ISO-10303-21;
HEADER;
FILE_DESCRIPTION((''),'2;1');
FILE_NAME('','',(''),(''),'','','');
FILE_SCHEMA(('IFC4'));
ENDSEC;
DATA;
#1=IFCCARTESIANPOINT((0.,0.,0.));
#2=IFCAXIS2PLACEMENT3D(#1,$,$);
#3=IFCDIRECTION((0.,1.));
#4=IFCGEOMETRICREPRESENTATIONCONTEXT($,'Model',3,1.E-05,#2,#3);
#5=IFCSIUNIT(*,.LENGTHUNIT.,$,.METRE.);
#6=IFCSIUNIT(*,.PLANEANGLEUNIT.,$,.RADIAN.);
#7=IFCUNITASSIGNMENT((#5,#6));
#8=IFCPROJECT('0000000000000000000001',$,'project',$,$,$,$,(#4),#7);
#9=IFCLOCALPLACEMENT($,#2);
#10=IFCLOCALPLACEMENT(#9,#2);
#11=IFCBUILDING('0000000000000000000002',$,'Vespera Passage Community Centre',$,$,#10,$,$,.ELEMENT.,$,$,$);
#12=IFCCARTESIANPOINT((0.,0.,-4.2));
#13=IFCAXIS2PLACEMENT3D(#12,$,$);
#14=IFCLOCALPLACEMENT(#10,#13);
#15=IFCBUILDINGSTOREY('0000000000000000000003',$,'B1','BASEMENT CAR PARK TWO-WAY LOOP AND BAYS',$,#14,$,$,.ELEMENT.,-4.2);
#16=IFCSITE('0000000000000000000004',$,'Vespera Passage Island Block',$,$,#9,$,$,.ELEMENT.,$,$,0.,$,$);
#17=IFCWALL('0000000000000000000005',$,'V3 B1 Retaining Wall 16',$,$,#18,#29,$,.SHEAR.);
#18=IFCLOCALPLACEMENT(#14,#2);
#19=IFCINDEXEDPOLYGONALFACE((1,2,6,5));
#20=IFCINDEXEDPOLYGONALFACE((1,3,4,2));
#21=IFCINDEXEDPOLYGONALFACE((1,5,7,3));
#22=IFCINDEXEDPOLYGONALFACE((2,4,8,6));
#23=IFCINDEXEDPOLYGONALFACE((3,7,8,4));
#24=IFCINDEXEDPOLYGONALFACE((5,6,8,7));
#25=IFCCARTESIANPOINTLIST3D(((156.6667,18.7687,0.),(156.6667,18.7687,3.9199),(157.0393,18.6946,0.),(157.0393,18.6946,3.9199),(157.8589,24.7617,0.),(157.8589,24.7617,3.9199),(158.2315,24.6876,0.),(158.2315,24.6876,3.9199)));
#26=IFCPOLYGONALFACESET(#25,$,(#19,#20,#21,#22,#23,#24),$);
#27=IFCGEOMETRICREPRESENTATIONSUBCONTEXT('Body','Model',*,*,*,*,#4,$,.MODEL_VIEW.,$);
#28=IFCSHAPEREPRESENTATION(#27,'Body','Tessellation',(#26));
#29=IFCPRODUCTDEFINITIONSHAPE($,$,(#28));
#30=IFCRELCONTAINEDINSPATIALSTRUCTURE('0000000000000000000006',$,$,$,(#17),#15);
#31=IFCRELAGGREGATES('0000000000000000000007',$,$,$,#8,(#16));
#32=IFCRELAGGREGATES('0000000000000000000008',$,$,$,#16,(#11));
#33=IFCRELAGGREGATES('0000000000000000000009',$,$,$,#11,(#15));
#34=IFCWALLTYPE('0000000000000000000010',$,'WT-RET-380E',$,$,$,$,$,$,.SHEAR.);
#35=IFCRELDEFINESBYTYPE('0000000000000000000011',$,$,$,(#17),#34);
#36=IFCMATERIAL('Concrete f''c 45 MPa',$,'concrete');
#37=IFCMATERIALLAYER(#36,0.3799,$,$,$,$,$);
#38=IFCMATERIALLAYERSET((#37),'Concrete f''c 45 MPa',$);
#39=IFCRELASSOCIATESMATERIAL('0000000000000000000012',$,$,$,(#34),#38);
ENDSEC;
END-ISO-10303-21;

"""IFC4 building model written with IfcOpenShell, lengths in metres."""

from ifc_helpers import new_model, si_unit, direction, frame, frame_2d, origin, place, context, subcontext, project, spatial, rectangle, extrude, material, layer, layer_set, type_object, element, save


model = new_model("IFC4")

# Units and contexts
model_context = context("Model", 3, precision=1e-05, world=origin(), true_north=direction((0.0, 1.0)))
body_context = subcontext(model_context, "Body", "Model", "MODEL_VIEW")
ifc_project = project(units=[si_unit("LENGTHUNIT", "METRE"), si_unit("PLANEANGLEUNIT", "RADIAN")], contexts=[model_context])

# Site, building, storey
site_placement = place(None, origin())
site = spatial("IfcSite", under=ifc_project, at=site_placement, Name="Vespera Passage Island Block", CompositionType="ELEMENT", RefElevation=0.0)
building_placement = place(site_placement, origin())
building = spatial("IfcBuilding", under=site, at=building_placement, Name="Vespera Passage Community Centre", CompositionType="ELEMENT")
storey_placement = place(building_placement, frame((0.0, 0.0, -4.2)))
storey = spatial("IfcBuildingStorey", under=building, at=storey_placement, Name="B1", Description="BASEMENT CAR PARK TWO-WAY LOOP AND BAYS", CompositionType="ELEMENT", Elevation=-4.2)

# Wall
ifc_material_1 = material(Name="Concrete f'c 45 MPa", Category="concrete")
ifc_layer_1 = layer(ifc_material_1, 0.3799)
ifc_layer_set_1 = layer_set([ifc_layer_1], Name="Concrete f'c 45 MPa")
wall_type_1 = type_object("IfcWallType", Name="WT-RET-380E", PredefinedType="SHEAR", material=ifc_layer_set_1)
wall_1_placement = place(storey_placement, frame((158.0452, 24.7246, 0.0), z_axis=(0.0, 0.0, 1.0), x_axis=(-0.195102, -0.980783, 0.0)))
element("IfcWall", 1, at=wall_1_placement, inside=storey, type_object=wall_type_1, Name="V3 B1 Retaining Wall 16", PredefinedType="SHEAR", context=body_context, shape_type="SweptSolid", body=[
    extrude(rectangle(XDim=6.1104, YDim=0.3799, at=frame_2d((3.0552, 0.0))), origin(), (0.0, 0.0, 1.0), 3.9199),
])

save(model, "model.ifc")
